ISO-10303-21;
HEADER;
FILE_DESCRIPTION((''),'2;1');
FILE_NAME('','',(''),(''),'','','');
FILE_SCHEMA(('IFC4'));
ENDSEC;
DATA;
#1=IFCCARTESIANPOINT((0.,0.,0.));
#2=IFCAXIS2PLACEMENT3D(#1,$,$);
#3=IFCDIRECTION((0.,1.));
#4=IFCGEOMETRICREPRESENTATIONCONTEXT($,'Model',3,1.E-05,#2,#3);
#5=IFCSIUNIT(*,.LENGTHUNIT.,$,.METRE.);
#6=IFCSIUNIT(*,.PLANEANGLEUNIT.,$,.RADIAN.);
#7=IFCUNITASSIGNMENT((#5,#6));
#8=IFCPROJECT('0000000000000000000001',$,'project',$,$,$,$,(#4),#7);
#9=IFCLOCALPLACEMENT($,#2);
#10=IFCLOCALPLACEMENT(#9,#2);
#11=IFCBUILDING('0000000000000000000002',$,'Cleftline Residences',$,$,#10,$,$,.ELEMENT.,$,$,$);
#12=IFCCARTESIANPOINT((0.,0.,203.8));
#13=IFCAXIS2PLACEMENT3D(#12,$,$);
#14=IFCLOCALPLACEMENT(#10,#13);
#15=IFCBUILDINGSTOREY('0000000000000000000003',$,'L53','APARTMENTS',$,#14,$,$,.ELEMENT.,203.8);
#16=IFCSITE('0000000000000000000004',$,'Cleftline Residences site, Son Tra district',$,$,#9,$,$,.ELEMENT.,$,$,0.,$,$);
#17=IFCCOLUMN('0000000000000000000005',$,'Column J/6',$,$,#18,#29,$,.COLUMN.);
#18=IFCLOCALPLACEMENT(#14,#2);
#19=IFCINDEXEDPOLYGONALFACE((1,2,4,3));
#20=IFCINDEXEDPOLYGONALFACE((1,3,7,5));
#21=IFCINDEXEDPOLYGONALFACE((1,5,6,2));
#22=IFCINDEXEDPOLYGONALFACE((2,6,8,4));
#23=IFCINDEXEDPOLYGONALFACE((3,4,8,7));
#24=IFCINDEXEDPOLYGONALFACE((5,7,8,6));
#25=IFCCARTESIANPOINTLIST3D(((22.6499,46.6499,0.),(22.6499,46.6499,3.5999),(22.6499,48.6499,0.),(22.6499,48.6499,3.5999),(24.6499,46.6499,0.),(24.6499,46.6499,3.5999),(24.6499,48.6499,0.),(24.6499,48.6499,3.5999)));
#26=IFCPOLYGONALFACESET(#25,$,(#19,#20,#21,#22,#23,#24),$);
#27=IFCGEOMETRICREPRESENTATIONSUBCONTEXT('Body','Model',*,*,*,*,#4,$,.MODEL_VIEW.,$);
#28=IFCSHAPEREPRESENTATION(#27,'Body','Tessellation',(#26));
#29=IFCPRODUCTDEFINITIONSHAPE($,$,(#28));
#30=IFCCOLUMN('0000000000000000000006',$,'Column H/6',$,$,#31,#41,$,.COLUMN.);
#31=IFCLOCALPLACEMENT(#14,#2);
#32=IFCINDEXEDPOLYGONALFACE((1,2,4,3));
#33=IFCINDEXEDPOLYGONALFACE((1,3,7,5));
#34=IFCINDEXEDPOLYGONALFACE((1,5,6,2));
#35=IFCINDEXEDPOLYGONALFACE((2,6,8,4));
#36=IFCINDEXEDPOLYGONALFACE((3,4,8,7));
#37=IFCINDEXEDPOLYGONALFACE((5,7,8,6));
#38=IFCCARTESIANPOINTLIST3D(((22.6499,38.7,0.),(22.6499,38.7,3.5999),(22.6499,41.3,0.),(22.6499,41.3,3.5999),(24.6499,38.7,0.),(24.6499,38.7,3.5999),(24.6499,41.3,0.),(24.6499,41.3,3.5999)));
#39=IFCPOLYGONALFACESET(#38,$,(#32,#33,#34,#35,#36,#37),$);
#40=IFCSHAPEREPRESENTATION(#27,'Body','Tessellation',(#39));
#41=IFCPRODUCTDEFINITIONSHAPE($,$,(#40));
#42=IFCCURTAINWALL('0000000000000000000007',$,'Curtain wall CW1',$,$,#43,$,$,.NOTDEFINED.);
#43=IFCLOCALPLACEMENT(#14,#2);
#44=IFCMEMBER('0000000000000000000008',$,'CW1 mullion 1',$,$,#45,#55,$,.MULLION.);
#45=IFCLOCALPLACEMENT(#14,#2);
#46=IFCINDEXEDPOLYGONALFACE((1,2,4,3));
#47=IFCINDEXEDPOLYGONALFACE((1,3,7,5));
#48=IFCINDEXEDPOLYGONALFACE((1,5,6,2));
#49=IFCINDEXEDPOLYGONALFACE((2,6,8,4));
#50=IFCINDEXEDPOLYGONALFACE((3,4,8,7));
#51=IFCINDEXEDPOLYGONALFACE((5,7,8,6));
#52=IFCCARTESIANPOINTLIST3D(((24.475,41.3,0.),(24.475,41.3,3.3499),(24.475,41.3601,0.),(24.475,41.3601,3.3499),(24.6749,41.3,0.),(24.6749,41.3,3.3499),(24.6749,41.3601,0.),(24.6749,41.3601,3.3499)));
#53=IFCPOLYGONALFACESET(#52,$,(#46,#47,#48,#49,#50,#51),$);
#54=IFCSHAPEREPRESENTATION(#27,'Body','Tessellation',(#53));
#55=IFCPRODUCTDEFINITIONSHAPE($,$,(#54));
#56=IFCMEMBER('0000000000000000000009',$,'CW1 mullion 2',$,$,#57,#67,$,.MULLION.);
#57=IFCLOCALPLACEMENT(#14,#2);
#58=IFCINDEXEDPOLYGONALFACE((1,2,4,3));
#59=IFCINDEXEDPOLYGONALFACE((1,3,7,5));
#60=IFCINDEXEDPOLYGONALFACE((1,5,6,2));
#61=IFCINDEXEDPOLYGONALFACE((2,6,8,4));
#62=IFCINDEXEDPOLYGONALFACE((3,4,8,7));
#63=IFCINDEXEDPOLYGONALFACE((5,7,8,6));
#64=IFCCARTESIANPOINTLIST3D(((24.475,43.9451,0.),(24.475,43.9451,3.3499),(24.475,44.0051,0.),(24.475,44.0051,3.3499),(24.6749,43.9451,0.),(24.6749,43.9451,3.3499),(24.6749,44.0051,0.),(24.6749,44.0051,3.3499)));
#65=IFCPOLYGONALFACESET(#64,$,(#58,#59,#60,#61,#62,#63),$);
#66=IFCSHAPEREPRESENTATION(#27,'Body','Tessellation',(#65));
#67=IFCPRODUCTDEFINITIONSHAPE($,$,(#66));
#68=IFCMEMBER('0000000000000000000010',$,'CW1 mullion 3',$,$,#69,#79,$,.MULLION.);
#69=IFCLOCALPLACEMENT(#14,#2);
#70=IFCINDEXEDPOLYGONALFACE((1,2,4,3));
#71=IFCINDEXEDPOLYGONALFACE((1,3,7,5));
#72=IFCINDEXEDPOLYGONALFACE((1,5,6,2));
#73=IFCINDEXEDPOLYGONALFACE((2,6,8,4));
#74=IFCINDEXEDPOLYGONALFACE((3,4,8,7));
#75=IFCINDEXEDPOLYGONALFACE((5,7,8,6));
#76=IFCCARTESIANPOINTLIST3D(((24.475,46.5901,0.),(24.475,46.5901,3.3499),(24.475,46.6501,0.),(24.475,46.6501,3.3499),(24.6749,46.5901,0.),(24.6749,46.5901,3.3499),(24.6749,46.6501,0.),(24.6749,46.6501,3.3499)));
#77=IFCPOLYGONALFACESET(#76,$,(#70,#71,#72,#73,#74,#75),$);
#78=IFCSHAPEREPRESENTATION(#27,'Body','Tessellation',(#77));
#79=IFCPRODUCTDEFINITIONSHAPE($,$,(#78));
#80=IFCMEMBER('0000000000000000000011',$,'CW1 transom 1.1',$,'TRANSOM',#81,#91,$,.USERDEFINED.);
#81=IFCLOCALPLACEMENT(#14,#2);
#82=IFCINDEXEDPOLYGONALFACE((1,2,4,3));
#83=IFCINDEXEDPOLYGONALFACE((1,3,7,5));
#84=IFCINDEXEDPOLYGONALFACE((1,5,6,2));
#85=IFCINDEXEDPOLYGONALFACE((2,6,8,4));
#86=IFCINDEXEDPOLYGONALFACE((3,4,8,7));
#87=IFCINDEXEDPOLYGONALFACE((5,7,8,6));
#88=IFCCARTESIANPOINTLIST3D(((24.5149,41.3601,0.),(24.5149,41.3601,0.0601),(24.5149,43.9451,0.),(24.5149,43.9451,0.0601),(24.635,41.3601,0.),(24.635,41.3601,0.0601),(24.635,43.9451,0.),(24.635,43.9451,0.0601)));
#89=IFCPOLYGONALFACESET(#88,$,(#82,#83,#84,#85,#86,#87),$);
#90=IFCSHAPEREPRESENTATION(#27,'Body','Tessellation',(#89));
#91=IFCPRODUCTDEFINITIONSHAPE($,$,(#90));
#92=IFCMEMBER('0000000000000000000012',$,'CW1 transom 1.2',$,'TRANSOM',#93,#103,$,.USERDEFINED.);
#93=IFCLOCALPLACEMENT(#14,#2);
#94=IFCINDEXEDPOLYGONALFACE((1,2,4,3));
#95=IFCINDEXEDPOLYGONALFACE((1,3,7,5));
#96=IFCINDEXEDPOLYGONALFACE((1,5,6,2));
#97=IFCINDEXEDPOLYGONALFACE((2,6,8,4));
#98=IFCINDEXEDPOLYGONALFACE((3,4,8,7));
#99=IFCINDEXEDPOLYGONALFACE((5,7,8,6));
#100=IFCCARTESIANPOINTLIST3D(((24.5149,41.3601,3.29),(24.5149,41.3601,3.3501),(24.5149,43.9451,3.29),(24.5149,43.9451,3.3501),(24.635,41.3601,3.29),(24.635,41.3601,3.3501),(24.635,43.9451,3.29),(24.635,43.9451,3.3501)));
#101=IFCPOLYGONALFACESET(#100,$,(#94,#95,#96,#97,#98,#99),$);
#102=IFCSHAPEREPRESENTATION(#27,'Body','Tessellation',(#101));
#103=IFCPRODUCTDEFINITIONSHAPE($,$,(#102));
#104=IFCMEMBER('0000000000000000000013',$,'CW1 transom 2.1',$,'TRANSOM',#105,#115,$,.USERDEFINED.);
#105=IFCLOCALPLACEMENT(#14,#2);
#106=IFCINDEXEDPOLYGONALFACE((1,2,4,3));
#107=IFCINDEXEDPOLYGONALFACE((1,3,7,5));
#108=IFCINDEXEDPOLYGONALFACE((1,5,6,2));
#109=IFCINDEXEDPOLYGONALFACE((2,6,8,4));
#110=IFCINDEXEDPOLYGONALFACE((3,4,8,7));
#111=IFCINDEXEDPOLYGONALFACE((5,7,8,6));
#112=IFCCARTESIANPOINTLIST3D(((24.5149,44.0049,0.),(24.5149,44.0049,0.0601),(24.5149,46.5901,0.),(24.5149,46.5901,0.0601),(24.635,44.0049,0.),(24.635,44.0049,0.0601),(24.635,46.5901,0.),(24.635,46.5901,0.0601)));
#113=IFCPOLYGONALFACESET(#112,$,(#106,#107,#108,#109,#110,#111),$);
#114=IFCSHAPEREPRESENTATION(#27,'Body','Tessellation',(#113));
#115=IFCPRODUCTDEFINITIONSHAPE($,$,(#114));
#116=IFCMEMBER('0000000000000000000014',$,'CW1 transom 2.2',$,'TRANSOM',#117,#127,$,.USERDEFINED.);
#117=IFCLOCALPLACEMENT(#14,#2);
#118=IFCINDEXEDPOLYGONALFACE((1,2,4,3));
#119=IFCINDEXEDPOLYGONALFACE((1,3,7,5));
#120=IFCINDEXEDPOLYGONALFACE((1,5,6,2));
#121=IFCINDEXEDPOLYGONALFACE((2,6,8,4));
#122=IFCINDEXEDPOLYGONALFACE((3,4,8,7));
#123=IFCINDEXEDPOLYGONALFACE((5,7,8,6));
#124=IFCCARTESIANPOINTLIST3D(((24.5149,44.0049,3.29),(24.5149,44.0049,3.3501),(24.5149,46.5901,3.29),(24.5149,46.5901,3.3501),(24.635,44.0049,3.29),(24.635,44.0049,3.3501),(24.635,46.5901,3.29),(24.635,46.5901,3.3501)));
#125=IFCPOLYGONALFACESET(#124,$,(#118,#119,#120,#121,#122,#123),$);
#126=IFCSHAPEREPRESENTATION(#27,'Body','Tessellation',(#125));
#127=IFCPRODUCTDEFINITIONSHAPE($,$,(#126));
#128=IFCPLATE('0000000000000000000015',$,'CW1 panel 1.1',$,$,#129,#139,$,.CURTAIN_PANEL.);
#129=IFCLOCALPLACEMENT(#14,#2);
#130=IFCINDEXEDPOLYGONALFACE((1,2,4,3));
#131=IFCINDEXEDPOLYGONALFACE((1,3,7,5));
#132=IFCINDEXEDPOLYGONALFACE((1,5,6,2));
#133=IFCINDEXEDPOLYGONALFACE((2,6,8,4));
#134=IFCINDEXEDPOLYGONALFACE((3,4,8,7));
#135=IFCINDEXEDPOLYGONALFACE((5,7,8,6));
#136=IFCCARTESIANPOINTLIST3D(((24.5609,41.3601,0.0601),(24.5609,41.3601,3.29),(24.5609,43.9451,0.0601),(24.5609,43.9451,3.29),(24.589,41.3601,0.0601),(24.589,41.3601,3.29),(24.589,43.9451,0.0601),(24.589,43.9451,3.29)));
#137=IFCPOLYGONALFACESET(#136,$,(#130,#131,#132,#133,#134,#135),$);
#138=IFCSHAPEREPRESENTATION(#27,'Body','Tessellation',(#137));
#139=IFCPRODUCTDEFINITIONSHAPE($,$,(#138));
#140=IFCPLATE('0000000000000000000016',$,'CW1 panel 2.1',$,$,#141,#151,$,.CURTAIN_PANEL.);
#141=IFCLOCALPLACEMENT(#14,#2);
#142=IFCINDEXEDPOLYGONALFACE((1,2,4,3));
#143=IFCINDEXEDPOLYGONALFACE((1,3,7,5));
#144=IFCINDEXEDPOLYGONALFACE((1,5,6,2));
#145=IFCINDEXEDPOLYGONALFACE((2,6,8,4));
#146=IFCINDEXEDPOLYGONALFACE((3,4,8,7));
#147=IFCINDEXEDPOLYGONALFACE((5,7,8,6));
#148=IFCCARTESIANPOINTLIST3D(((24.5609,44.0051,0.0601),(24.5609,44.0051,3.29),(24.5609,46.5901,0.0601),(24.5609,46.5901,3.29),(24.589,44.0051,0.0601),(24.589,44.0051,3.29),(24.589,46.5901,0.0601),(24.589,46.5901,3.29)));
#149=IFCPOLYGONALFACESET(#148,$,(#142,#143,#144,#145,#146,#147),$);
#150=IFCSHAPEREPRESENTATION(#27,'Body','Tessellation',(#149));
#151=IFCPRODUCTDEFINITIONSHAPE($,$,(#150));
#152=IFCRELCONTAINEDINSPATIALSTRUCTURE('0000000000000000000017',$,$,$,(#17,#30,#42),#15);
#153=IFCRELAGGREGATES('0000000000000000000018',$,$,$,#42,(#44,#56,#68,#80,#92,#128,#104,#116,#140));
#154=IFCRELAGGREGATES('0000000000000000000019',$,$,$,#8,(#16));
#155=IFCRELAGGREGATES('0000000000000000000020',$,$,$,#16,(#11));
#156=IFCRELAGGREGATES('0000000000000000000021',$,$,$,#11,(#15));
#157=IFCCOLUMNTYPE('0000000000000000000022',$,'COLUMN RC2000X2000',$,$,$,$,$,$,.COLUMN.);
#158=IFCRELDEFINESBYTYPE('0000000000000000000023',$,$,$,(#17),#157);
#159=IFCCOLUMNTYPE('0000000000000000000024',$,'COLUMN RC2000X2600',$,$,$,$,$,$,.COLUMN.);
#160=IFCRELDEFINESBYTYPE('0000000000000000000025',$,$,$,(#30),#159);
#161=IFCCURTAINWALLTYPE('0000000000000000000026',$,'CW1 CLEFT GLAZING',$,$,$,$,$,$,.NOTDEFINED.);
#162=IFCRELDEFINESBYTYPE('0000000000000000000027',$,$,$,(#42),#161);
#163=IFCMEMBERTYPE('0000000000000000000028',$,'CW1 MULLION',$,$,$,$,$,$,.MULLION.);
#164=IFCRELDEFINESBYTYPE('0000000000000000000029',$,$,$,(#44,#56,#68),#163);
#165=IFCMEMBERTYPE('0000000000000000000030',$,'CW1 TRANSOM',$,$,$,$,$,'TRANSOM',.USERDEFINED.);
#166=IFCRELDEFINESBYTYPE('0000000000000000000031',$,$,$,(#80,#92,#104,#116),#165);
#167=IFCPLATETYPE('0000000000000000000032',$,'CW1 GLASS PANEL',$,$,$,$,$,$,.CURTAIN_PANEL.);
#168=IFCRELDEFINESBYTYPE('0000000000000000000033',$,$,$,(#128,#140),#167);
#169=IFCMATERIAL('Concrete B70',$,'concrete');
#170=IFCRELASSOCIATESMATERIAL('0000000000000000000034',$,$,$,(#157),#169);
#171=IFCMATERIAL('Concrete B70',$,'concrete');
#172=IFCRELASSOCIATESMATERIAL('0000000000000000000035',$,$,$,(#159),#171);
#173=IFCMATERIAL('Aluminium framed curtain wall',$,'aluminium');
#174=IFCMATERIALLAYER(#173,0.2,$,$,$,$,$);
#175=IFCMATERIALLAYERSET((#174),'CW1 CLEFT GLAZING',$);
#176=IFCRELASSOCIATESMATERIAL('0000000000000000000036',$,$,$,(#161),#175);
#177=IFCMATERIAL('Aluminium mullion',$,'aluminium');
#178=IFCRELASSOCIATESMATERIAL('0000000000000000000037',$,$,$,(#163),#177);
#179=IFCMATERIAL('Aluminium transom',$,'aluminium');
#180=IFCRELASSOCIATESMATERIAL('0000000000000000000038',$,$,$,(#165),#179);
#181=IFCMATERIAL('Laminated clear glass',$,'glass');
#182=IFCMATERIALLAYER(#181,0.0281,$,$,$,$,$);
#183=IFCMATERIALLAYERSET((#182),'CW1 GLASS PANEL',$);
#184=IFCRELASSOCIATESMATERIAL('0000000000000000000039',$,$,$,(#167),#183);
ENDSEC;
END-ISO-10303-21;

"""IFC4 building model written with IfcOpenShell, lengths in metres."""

from ifc_helpers import new_model, si_unit, direction, frame, origin, origin_2d, place, context, subcontext, project, spatial, rectangle, extrude, material, layer, layer_set, material_profile, profile_set, type_object, element, aggregate, save


model = new_model("IFC4")

# Units and contexts
model_context = context("Model", 3, precision=1e-05, world=origin(), true_north=direction((0.0, 1.0)))
body_context = subcontext(model_context, "Body", "Model", "MODEL_VIEW")
ifc_project = project(units=[si_unit("LENGTHUNIT", "METRE"), si_unit("PLANEANGLEUNIT", "RADIAN")], contexts=[model_context])

# Site, building, storey
site_placement = place(None, origin())
site = spatial("IfcSite", under=ifc_project, at=site_placement, Name="Cleftline Residences site, Son Tra district", CompositionType="ELEMENT", RefElevation=0.0)
building_placement = place(site_placement, origin())
building = spatial("IfcBuilding", under=site, at=building_placement, Name="Cleftline Residences", CompositionType="ELEMENT")
storey_placement = place(building_placement, frame((0.0, 0.0, 203.8)))
storey = spatial("IfcBuildingStorey", under=building, at=storey_placement, Name="L53", Description="APARTMENTS", CompositionType="ELEMENT", Elevation=203.8)

# Columns
ifc_material_1 = material(Name="Concrete B70", Category="concrete")
ifc_material_profile_1 = material_profile(ifc_material_1, rectangle(XDim=2.0, YDim=2.0, at=origin_2d()))
ifc_profile_set_1 = profile_set([ifc_material_profile_1], Name="Concrete B70")
column_type_1 = type_object("IfcColumnType", Name="COLUMN RC2000X2000", PredefinedType="COLUMN", material=ifc_profile_set_1)
column_1_placement = place(storey_placement, frame((23.6499, 47.6499, 0.0), z_axis=(0.0, 0.0, 1.0), x_axis=(1.0, 0.0, 0.0)))
element("IfcColumn", 1, at=column_1_placement, inside=storey, type_object=column_type_1, Name="Column J/6", PredefinedType="COLUMN", context=body_context, shape_type="SweptSolid", body=[
    extrude(rectangle(XDim=2.0, YDim=2.0, at=origin_2d()), origin(), (0.0, 0.0, 1.0), 3.5999),
])
ifc_material_2 = material(Name="Concrete B70", Category="concrete")
ifc_material_profile_2 = material_profile(ifc_material_2, rectangle(XDim=2.0, YDim=2.6001, at=origin_2d()))
ifc_profile_set_2 = profile_set([ifc_material_profile_2], Name="Concrete B70")
column_type_2 = type_object("IfcColumnType", Name="COLUMN RC2000X2600", PredefinedType="COLUMN", material=ifc_profile_set_2)
column_2_placement = place(storey_placement, frame((23.6499, 40.0, 0.0), z_axis=(0.0, 0.0, 1.0), x_axis=(1.0, 0.0, 0.0)))
element("IfcColumn", 2, at=column_2_placement, inside=storey, type_object=column_type_2, Name="Column H/6", PredefinedType="COLUMN", context=body_context, shape_type="SweptSolid", body=[
    extrude(rectangle(XDim=2.0, YDim=2.6001, at=origin_2d()), origin(), (0.0, 0.0, 1.0), 3.5999),
])

# Curtain wall, members, plates
ifc_material_3 = material(Name="Aluminium framed curtain wall", Category="aluminium")
ifc_layer_1 = layer(ifc_material_3, 0.2)
ifc_layer_set_1 = layer_set([ifc_layer_1], Name="CW1 CLEFT GLAZING")
curtain_wall_type = type_object("IfcCurtainWallType", Name="CW1 CLEFT GLAZING", PredefinedType="NOTDEFINED", material=ifc_layer_set_1)
curtain_wall_placement = place(storey_placement, origin())
curtain_wall = element("IfcCurtainWall", 3, at=curtain_wall_placement, inside=storey, type_object=curtain_wall_type, Name="Curtain wall CW1", PredefinedType="NOTDEFINED")
ifc_material_4 = material(Name="Aluminium mullion", Category="aluminium")
ifc_material_profile_3 = material_profile(ifc_material_4, rectangle(XDim=0.2, YDim=0.0601, at=origin_2d()))
ifc_profile_set_3 = profile_set([ifc_material_profile_3], Name="Aluminium mullion")
member_type_1 = type_object("IfcMemberType", Name="CW1 MULLION", PredefinedType="MULLION", material=ifc_profile_set_3)
member_1_placement = place(storey_placement, frame((24.575, 41.3301, 0.0), z_axis=(0.0, 0.0, 1.0), x_axis=(-1.0, 0.0, 0.0)))
member_1 = element("IfcMember", 4, at=member_1_placement, type_object=member_type_1, Name="CW1 mullion 1", PredefinedType="MULLION", context=body_context, shape_type="SweptSolid", body=[
    extrude(rectangle(XDim=0.2, YDim=0.0601, at=origin_2d()), origin(), (0.0, 0.0, 1.0), 3.3499),
])
member_2_placement = place(storey_placement, frame((24.575, 43.9751, 0.0), z_axis=(0.0, 0.0, 1.0), x_axis=(-1.0, 0.0, 0.0)))
member_2 = element("IfcMember", 5, at=member_2_placement, type_object=member_type_1, Name="CW1 mullion 2", PredefinedType="MULLION", context=body_context, shape_type="SweptSolid", body=[
    extrude(rectangle(XDim=0.2, YDim=0.0601, at=origin_2d()), origin(), (0.0, 0.0, 1.0), 3.3499),
])
member_3_placement = place(storey_placement, frame((24.575, 46.6201, 0.0), z_axis=(0.0, 0.0, 1.0), x_axis=(-1.0, 0.0, 0.0)))
member_3 = element("IfcMember", 6, at=member_3_placement, type_object=member_type_1, Name="CW1 mullion 3", PredefinedType="MULLION", context=body_context, shape_type="SweptSolid", body=[
    extrude(rectangle(XDim=0.2, YDim=0.0601, at=origin_2d()), origin(), (0.0, 0.0, 1.0), 3.3499),
])
ifc_material_5 = material(Name="Aluminium transom", Category="aluminium")
ifc_material_profile_4 = material_profile(ifc_material_5, rectangle(XDim=0.1201, YDim=0.0601, at=origin_2d()))
ifc_profile_set_4 = profile_set([ifc_material_profile_4], Name="Aluminium transom")
member_type_2 = type_object("IfcMemberType", Name="CW1 TRANSOM", ElementType="TRANSOM", PredefinedType="USERDEFINED", material=ifc_profile_set_4)
member_4_placement = place(storey_placement, frame((24.575, 41.3601, 0.03), z_axis=(0.0, 1.0, 0.0), x_axis=(-1.0, 0.0, 0.0)))
member_4 = element("IfcMember", 7, at=member_4_placement, type_object=member_type_2, Name="CW1 transom 1.1", ObjectType="TRANSOM", PredefinedType="USERDEFINED", context=body_context, shape_type="SweptSolid", body=[
    extrude(rectangle(XDim=0.1201, YDim=0.0601, at=origin_2d()), origin(), (0.0, 0.0, 1.0), 2.585),
])
member_5_placement = place(storey_placement, frame((24.575, 41.3601, 3.3201), z_axis=(0.0, 1.0, 0.0), x_axis=(-1.0, 0.0, 0.0)))
member_5 = element("IfcMember", 8, at=member_5_placement, type_object=member_type_2, Name="CW1 transom 1.2", ObjectType="TRANSOM", PredefinedType="USERDEFINED", context=body_context, shape_type="SweptSolid", body=[
    extrude(rectangle(XDim=0.1201, YDim=0.0601, at=origin_2d()), origin(), (0.0, 0.0, 1.0), 2.585),
])
member_6_placement = place(storey_placement, frame((24.575, 44.0049, 0.03), z_axis=(0.0, 1.0, 0.0), x_axis=(-1.0, 0.0, 0.0)))
member_6 = element("IfcMember", 9, at=member_6_placement, type_object=member_type_2, Name="CW1 transom 2.1", ObjectType="TRANSOM", PredefinedType="USERDEFINED", context=body_context, shape_type="SweptSolid", body=[
    extrude(rectangle(XDim=0.1201, YDim=0.0601, at=origin_2d()), origin(), (0.0, 0.0, 1.0), 2.5852),
])
member_7_placement = place(storey_placement, frame((24.575, 44.0049, 3.3201), z_axis=(0.0, 1.0, 0.0), x_axis=(-1.0, 0.0, 0.0)))
member_7 = element("IfcMember", 10, at=member_7_placement, type_object=member_type_2, Name="CW1 transom 2.2", ObjectType="TRANSOM", PredefinedType="USERDEFINED", context=body_context, shape_type="SweptSolid", body=[
    extrude(rectangle(XDim=0.1201, YDim=0.0601, at=origin_2d()), origin(), (0.0, 0.0, 1.0), 2.5852),
])
ifc_material_6 = material(Name="Laminated clear glass", Category="glass")
ifc_layer_2 = layer(ifc_material_6, 0.0281)
ifc_layer_set_2 = layer_set([ifc_layer_2], Name="CW1 GLASS PANEL")
plate_type = type_object("IfcPlateType", Name="CW1 GLASS PANEL", PredefinedType="CURTAIN_PANEL", material=ifc_layer_set_2)
plate_1_placement = place(storey_placement, frame((24.575, 42.6526, 0.0601), z_axis=(0.0, 0.0, 1.0), x_axis=(0.0, 1.0, 0.0)))
plate_1 = element("IfcPlate", 11, at=plate_1_placement, type_object=plate_type, Name="CW1 panel 1.1", PredefinedType="CURTAIN_PANEL", context=body_context, shape_type="SweptSolid", body=[
    extrude(rectangle(XDim=2.585, YDim=0.0281, at=origin_2d()), origin(), (0.0, 0.0, 1.0), 3.23),
])
plate_2_placement = place(storey_placement, frame((24.575, 45.2976, 0.0601), z_axis=(0.0, 0.0, 1.0), x_axis=(0.0, 1.0, 0.0)))
plate_2 = element("IfcPlate", 12, at=plate_2_placement, type_object=plate_type, Name="CW1 panel 2.1", PredefinedType="CURTAIN_PANEL", context=body_context, shape_type="SweptSolid", body=[
    extrude(rectangle(XDim=2.585, YDim=0.0281, at=origin_2d()), origin(), (0.0, 0.0, 1.0), 3.23),
])
aggregate(curtain_wall, [member_1, member_2, member_3, member_4, member_5, plate_1, member_6, member_7, plate_2])

save(model, "model.ifc")
